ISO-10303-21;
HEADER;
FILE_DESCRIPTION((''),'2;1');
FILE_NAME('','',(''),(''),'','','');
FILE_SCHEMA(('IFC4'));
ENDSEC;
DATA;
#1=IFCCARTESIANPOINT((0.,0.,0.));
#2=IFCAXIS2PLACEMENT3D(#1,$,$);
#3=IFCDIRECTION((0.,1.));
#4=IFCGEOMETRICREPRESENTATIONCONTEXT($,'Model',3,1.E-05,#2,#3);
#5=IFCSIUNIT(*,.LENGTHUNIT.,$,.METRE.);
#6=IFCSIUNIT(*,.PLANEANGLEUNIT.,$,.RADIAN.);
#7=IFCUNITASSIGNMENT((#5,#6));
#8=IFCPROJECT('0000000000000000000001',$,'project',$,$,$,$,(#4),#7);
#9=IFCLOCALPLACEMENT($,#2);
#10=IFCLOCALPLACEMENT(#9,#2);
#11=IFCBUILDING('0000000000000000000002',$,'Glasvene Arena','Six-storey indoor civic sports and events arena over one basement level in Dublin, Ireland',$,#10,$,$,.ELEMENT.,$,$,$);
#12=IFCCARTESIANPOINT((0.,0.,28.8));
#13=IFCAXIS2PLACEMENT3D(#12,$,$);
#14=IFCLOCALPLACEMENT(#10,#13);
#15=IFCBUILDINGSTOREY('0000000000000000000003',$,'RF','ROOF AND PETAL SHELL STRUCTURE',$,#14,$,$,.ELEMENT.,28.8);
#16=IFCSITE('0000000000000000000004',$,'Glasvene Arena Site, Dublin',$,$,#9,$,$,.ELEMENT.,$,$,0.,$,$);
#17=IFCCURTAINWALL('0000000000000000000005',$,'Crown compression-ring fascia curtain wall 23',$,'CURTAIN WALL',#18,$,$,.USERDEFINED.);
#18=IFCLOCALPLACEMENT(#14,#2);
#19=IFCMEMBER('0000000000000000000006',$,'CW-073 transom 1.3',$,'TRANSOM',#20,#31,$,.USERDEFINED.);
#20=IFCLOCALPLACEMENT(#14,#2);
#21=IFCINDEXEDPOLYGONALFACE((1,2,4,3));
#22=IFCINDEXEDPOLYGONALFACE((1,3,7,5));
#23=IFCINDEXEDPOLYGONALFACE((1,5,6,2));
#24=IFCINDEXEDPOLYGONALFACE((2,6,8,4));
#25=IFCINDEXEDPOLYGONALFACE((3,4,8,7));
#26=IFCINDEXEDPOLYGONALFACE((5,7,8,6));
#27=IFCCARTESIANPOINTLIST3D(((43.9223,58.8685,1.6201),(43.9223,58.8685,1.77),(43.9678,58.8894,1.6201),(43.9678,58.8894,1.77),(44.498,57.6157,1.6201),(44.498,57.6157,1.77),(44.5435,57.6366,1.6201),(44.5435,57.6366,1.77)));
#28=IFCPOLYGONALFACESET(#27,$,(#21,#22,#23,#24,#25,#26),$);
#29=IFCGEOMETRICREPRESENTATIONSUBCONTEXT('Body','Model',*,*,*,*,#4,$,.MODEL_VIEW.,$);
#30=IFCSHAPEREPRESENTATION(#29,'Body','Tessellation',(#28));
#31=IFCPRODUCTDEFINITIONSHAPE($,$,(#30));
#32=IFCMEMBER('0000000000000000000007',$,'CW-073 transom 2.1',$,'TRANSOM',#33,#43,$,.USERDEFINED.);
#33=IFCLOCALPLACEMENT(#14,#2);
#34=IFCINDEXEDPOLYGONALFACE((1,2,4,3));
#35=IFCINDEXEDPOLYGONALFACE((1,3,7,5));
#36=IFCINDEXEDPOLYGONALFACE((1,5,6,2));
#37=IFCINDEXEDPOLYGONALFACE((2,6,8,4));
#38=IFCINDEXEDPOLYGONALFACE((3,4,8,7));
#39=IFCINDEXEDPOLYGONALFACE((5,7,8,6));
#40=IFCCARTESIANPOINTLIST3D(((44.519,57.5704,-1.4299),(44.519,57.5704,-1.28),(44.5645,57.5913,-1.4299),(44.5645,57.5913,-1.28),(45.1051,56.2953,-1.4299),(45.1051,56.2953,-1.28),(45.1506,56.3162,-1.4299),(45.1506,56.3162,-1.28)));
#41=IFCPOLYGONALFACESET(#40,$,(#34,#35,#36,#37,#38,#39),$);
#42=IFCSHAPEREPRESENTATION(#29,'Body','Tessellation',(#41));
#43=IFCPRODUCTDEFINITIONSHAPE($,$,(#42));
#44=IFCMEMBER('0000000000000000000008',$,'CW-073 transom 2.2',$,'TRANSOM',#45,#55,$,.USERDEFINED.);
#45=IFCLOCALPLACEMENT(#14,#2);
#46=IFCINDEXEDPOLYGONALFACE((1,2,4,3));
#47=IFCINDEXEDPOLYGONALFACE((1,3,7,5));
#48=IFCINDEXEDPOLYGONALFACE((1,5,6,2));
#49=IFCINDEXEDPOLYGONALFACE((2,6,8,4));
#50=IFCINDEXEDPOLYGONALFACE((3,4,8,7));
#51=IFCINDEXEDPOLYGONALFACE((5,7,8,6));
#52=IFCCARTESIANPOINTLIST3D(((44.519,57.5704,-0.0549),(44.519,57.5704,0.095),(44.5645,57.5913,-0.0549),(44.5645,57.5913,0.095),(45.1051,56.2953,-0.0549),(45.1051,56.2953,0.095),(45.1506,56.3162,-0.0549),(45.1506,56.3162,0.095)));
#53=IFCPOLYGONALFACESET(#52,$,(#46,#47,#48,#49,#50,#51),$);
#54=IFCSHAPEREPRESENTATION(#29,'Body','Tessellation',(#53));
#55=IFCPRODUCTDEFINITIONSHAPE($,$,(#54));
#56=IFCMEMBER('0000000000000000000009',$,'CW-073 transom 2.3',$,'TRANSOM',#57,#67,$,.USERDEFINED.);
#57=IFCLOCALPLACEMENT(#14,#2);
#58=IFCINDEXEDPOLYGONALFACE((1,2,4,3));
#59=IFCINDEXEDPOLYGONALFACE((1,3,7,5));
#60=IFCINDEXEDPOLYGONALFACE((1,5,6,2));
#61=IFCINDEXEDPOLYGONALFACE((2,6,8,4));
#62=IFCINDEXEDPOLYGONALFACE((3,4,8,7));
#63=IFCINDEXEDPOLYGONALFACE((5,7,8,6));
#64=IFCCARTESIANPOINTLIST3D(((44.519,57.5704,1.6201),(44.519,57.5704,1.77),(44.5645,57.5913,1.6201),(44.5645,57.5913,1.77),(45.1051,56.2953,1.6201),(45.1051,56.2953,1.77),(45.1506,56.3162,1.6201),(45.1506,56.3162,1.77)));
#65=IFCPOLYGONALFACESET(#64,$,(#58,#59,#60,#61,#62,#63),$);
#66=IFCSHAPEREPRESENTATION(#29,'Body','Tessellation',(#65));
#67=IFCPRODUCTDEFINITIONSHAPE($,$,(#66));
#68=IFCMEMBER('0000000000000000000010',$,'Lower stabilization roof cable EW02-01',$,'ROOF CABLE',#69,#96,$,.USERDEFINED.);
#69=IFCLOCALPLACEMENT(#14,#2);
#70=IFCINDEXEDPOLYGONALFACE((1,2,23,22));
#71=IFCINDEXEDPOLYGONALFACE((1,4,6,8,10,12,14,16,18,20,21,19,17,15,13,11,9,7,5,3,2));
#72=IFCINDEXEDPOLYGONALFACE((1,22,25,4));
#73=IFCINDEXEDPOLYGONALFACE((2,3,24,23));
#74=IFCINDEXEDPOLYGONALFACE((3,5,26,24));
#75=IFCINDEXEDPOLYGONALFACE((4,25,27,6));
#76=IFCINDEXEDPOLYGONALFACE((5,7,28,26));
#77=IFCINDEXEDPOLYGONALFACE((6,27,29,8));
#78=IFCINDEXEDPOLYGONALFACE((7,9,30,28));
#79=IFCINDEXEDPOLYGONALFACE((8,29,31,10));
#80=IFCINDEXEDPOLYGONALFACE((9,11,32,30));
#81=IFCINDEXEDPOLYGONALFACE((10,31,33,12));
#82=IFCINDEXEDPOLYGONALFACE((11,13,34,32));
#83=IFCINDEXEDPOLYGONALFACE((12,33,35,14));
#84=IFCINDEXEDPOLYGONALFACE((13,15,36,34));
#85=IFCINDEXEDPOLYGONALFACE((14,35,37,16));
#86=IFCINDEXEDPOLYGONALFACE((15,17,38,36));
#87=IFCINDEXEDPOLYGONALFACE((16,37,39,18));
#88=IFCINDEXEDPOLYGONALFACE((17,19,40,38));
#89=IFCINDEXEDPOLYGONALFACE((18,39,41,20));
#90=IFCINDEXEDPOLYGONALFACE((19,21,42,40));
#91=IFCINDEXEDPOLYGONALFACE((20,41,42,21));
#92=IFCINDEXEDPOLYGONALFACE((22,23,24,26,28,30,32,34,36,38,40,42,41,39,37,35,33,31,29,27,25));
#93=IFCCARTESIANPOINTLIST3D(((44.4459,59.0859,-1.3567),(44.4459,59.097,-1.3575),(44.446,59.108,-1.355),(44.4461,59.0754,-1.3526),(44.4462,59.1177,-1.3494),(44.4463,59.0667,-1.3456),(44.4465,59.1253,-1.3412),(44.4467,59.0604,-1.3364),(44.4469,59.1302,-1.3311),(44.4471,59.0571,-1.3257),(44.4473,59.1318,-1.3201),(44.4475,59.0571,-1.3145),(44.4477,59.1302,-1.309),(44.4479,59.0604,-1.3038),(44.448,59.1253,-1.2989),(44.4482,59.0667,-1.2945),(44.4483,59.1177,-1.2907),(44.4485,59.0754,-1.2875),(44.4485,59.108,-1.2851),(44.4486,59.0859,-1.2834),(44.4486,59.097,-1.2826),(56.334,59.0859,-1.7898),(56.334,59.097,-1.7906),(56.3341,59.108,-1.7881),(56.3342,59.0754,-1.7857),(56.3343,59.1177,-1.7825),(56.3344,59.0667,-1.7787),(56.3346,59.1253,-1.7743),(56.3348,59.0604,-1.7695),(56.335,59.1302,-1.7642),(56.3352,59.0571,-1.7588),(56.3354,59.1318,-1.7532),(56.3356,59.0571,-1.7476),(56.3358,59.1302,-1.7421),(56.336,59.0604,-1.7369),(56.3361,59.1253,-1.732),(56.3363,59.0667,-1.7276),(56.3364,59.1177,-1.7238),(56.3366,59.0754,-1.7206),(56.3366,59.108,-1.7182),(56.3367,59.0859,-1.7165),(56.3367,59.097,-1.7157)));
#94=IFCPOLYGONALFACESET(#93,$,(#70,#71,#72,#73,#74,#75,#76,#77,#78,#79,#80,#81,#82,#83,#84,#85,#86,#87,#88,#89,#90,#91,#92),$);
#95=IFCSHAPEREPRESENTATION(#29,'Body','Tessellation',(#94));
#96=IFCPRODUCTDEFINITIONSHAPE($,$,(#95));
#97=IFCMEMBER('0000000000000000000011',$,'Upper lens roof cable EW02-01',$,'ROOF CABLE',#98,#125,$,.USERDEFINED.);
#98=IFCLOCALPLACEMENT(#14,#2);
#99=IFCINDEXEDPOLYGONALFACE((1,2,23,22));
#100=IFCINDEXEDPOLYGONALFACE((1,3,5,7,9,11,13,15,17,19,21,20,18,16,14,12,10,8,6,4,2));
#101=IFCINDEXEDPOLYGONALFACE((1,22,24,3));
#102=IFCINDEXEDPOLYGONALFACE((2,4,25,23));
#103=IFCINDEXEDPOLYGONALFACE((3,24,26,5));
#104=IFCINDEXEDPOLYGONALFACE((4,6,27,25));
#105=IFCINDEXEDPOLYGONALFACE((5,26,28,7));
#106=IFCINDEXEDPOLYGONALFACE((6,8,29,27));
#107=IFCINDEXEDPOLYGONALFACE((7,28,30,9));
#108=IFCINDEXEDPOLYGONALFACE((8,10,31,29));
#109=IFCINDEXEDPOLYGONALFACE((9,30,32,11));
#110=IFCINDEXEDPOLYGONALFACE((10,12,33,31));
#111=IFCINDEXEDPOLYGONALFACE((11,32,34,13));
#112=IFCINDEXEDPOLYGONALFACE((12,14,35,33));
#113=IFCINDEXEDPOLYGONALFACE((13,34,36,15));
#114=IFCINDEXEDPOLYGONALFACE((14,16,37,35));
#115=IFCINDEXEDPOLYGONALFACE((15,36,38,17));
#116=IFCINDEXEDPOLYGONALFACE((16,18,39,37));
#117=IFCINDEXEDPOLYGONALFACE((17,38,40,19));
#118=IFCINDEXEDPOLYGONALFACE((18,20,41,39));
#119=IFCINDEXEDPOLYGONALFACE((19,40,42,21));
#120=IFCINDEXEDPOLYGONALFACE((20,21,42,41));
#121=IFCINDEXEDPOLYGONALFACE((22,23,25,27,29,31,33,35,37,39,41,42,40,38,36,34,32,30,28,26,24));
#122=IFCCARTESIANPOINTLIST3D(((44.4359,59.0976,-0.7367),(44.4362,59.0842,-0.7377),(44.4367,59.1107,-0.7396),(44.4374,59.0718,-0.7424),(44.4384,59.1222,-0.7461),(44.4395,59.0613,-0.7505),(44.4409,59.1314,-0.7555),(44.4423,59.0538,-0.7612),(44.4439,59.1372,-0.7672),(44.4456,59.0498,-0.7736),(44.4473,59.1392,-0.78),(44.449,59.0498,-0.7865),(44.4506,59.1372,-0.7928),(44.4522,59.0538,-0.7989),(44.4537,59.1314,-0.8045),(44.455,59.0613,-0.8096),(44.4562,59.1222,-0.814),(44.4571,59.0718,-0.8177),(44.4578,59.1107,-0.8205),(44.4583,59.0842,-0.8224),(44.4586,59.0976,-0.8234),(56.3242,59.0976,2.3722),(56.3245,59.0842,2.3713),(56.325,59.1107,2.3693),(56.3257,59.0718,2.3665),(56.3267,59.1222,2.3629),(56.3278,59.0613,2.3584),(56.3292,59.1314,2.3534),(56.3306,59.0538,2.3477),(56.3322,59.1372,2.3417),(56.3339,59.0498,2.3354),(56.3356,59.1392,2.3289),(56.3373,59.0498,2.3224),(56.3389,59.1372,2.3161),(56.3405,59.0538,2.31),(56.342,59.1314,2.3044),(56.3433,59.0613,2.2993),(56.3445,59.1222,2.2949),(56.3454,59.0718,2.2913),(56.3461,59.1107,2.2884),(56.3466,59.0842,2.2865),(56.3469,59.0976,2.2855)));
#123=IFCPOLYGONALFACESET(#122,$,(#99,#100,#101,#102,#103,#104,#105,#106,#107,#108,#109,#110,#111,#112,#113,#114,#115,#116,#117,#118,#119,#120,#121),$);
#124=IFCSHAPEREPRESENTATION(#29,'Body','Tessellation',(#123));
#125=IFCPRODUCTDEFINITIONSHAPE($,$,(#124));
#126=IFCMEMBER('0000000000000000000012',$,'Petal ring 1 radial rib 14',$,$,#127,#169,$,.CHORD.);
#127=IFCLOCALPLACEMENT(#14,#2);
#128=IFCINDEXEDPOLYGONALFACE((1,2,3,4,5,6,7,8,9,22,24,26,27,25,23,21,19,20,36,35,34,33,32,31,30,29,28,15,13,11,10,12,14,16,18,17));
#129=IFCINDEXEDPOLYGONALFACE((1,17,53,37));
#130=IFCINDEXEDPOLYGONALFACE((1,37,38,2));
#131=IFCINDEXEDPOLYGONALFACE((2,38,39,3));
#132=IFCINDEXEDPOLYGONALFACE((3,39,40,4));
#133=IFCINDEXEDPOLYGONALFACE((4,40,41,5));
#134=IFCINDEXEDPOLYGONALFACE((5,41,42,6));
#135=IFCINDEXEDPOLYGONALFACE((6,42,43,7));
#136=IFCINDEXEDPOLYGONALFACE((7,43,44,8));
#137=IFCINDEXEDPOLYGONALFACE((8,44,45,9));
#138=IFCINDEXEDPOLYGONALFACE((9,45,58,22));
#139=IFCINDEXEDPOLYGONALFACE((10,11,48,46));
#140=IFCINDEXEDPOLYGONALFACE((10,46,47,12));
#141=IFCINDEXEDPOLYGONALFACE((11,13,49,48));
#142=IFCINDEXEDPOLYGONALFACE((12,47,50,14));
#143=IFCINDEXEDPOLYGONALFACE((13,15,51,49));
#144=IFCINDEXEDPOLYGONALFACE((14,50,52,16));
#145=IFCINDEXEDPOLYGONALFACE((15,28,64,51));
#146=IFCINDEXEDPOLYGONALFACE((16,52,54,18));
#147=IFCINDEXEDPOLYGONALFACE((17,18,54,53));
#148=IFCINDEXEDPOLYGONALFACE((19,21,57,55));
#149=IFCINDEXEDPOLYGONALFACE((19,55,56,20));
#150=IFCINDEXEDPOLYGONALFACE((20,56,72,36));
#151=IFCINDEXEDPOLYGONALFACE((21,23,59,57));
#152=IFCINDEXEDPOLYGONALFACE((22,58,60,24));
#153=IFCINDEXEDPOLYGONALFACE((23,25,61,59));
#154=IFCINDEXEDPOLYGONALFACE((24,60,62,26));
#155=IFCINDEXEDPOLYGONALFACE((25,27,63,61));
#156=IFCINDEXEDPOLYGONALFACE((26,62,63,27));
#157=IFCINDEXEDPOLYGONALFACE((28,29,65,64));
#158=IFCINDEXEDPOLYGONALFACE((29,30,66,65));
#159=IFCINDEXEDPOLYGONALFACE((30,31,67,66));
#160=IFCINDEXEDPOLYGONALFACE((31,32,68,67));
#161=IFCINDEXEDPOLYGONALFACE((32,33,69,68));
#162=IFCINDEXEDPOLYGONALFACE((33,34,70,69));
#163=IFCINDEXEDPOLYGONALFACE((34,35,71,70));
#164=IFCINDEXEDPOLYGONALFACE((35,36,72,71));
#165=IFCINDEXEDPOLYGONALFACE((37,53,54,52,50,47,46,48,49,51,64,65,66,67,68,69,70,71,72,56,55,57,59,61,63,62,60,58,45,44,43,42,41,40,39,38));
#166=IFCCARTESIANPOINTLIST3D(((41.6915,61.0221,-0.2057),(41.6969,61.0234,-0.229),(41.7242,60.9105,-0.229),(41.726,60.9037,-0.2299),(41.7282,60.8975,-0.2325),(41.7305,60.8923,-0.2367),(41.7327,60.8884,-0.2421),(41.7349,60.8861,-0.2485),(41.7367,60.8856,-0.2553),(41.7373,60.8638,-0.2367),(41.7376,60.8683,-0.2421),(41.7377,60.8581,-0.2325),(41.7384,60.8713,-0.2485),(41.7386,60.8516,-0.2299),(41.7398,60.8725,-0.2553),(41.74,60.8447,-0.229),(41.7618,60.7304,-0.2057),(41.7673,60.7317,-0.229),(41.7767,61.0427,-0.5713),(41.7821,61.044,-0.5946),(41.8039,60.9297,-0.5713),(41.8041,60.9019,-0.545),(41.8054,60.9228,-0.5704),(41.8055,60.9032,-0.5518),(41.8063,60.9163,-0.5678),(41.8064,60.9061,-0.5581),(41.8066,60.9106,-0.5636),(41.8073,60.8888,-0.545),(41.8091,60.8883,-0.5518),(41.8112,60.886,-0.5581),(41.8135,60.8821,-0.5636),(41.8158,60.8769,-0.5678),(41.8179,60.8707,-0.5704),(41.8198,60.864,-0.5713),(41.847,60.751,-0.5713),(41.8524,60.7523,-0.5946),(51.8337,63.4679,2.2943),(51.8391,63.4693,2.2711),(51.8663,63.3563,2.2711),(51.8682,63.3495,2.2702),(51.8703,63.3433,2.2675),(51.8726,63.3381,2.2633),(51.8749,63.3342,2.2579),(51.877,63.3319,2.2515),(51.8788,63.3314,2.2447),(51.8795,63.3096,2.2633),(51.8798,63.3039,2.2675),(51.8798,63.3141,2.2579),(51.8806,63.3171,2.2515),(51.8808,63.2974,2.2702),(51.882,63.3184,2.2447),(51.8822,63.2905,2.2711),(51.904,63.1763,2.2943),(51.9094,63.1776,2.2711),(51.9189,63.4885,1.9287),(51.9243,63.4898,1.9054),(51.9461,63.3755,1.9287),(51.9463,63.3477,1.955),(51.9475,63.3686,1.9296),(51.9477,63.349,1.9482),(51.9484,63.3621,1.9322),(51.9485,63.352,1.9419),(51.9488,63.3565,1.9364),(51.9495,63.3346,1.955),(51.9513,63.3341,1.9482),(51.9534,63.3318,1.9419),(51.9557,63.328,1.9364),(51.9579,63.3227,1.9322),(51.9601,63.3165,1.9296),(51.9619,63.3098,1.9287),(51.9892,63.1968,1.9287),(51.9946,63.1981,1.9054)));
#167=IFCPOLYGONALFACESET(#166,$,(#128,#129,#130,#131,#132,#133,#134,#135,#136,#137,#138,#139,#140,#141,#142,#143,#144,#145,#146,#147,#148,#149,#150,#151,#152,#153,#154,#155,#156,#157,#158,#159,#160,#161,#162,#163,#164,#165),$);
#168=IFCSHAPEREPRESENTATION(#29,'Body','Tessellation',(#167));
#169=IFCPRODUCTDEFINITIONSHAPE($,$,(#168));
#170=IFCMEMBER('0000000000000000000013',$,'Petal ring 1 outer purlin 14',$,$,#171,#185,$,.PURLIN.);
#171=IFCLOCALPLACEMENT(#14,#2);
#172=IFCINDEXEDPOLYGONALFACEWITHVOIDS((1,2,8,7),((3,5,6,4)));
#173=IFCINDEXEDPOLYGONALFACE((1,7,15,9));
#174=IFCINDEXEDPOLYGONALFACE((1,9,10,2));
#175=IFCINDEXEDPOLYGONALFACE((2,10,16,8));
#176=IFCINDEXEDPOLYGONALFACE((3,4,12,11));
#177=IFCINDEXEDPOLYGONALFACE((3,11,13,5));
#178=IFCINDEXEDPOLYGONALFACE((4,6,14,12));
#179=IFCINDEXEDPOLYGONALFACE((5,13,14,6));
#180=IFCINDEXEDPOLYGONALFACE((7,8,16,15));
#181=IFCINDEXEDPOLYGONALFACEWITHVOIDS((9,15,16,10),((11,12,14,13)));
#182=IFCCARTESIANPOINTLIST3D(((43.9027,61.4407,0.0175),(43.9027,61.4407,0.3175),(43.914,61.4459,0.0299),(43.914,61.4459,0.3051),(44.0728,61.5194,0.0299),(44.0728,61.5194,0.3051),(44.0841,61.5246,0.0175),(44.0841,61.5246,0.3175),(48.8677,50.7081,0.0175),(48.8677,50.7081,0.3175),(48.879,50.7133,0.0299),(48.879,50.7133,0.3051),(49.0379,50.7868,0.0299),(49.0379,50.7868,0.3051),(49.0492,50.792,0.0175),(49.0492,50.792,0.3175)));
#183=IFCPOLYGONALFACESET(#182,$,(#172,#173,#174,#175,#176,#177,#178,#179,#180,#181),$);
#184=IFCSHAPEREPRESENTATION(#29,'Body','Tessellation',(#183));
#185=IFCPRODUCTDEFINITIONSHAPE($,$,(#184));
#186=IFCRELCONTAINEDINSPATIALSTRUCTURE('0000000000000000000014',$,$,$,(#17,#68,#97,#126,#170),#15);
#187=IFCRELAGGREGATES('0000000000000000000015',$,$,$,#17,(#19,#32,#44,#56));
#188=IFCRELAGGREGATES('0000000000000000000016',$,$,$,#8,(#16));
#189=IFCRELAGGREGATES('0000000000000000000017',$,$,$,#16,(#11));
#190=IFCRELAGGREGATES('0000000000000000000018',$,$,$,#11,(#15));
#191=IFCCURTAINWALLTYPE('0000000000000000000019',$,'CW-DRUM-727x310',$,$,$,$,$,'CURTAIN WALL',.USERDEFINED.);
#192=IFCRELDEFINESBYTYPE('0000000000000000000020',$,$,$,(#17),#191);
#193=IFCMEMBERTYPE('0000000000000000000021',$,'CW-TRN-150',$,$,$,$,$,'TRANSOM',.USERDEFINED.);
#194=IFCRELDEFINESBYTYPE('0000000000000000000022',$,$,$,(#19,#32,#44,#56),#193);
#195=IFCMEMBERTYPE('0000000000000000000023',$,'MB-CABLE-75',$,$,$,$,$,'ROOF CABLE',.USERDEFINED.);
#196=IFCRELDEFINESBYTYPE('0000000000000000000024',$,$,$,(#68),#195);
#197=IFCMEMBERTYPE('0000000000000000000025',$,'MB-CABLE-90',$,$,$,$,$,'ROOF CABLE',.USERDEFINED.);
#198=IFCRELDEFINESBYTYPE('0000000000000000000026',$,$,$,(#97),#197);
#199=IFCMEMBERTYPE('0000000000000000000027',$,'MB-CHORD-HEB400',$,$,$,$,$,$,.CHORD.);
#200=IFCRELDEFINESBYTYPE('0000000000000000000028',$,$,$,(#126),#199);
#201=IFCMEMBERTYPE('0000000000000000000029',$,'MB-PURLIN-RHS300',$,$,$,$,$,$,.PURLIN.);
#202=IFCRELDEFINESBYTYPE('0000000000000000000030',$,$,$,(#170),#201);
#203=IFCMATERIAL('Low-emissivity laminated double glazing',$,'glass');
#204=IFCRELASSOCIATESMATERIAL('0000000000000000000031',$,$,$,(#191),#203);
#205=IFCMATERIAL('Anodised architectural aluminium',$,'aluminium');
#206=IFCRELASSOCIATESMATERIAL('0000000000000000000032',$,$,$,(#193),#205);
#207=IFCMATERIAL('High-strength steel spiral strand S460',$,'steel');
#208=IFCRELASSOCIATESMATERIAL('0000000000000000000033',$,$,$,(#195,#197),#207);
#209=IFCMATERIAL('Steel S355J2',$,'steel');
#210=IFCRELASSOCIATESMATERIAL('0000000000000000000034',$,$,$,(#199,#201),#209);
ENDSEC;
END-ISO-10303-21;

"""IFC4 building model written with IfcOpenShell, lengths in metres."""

from ifc_helpers import new_model, si_unit, direction, frame, origin, origin_2d, place, context, subcontext, project, spatial, rectangle, hollow_rectangle, circle, i_section, extrude, material, material_profile, profile_set, type_object, element, aggregate, save


model = new_model("IFC4")

# Units and contexts
model_context = context("Model", 3, precision=1e-05, world=origin(), true_north=direction((0.0, 1.0)))
body_context = subcontext(model_context, "Body", "Model", "MODEL_VIEW")
ifc_project = project(units=[si_unit("LENGTHUNIT", "METRE"), si_unit("PLANEANGLEUNIT", "RADIAN")], contexts=[model_context])

# Site, building, storey
site_placement = place(None, origin())
site = spatial("IfcSite", under=ifc_project, at=site_placement, Name="Glasvene Arena Site, Dublin", CompositionType="ELEMENT", RefElevation=0.0)
building_placement = place(site_placement, origin())
building = spatial("IfcBuilding", under=site, at=building_placement, Name="Glasvene Arena", Description="Six-storey indoor civic sports and events arena over one basement level in Dublin, Ireland", CompositionType="ELEMENT")
storey_placement = place(building_placement, frame((0.0, 0.0, 28.8)))
storey = spatial("IfcBuildingStorey", under=building, at=storey_placement, Name="RF", Description="ROOF AND PETAL SHELL STRUCTURE", CompositionType="ELEMENT", Elevation=28.8)

# Shared definitions
ifc_material_1 = material(Name="Steel S355J2", Category="steel")

# Curtain wall
ifc_material_2 = material(Name="Low-emissivity laminated double glazing", Category="glass")
ifc_material_3 = material(Name="Anodised architectural aluminium", Category="aluminium")
curtain_wall_type_1 = type_object("IfcCurtainWallType", Name="CW-DRUM-727x310", ElementType="CURTAIN WALL", PredefinedType="USERDEFINED", material=ifc_material_2)
curtain_wall_1_placement = place(storey_placement, frame((43.9241, 58.9243, 0.0)))
curtain_wall_1 = element("IfcCurtainWall", 1, at=curtain_wall_1_placement, inside=storey, type_object=curtain_wall_type_1, Name="Crown compression-ring fascia curtain wall 23", ObjectType="CURTAIN WALL", PredefinedType="USERDEFINED")

# Members
ifc_material_profile_1 = material_profile(ifc_material_3, rectangle(XDim=0.05, YDim=0.1499, at=origin_2d()), Name="ALU TRANSOM 50x150")
ifc_profile_set_1 = profile_set([ifc_material_profile_1], Name="Anodised architectural aluminium")
member_type_1 = type_object("IfcMemberType", Name="CW-TRN-150", ElementType="TRANSOM", PredefinedType="USERDEFINED", material=ifc_profile_set_1)
member_1_placement = place(storey_placement, frame((43.9451, 58.8789, 1.6951), z_axis=(0.417575, -0.908642, 0.0), x_axis=(0.908642, 0.417575, 0.0)))
member_1 = element("IfcMember", 2, at=member_1_placement, type_object=member_type_1, Name="CW-073 transom 1.3", ObjectType="TRANSOM", PredefinedType="USERDEFINED", context=body_context, shape_type="SweptSolid", body=[
    extrude(rectangle(XDim=0.05, YDim=0.1499, at=origin_2d()), origin(), (0.0, 0.0, 1.0), 1.3787),
])
member_2_placement = place(storey_placement, frame((44.5417, 57.5808, -1.355), z_axis=(0.417679, -0.908595, 0.0), x_axis=(0.908595, 0.417679, 0.0)))
member_2 = element("IfcMember", 3, at=member_2_placement, type_object=member_type_1, Name="CW-073 transom 2.1", ObjectType="TRANSOM", PredefinedType="USERDEFINED", context=body_context, shape_type="SweptSolid", body=[
    extrude(rectangle(XDim=0.05, YDim=0.1499, at=origin_2d()), origin(), (0.0, 0.0, 1.0), 1.4033),
])
member_3_placement = place(storey_placement, frame((44.5417, 57.5808, 0.02), z_axis=(0.417679, -0.908595, 0.0), x_axis=(0.908595, 0.417679, 0.0)))
member_3 = element("IfcMember", 4, at=member_3_placement, type_object=member_type_1, Name="CW-073 transom 2.2", ObjectType="TRANSOM", PredefinedType="USERDEFINED", context=body_context, shape_type="SweptSolid", body=[
    extrude(rectangle(XDim=0.05, YDim=0.1499, at=origin_2d()), origin(), (0.0, 0.0, 1.0), 1.4033),
])
member_4_placement = place(storey_placement, frame((44.5417, 57.5808, 1.6951), z_axis=(0.417679, -0.908595, 0.0), x_axis=(0.908595, 0.417679, 0.0)))
member_4 = element("IfcMember", 5, at=member_4_placement, type_object=member_type_1, Name="CW-073 transom 2.3", ObjectType="TRANSOM", PredefinedType="USERDEFINED", context=body_context, shape_type="SweptSolid", body=[
    extrude(rectangle(XDim=0.05, YDim=0.1499, at=origin_2d()), origin(), (0.0, 0.0, 1.0), 1.4033),
])

# Members
ifc_material_4 = material(Name="High-strength steel spiral strand S460", Category="steel")
ifc_material_profile_2 = material_profile(ifc_material_4, circle(Radius=0.0376, at=origin_2d()), Name="LCSS D75")
ifc_profile_set_2 = profile_set([ifc_material_profile_2], Name="High-strength steel spiral strand S460")
member_type_2 = type_object("IfcMemberType", Name="MB-CABLE-75", ElementType="ROOF CABLE", PredefinedType="USERDEFINED", material=ifc_profile_set_2)
member_5_placement = place(storey_placement, frame((44.4473, 59.0942, -1.3201), z_axis=(0.999337, 0.0, -0.036407), x_axis=(0.0, 1.0, 0.0)))
element("IfcMember", 6, at=member_5_placement, inside=storey, type_object=member_type_2, Name="Lower stabilization roof cable EW02-01", ObjectType="ROOF CABLE", PredefinedType="USERDEFINED", context=body_context, shape_type="SweptSolid", body=[
    extrude(circle(Radius=0.0376, at=origin_2d()), origin(), (0.0, 0.0, 1.0), 11.896),
])
ifc_material_profile_3 = material_profile(ifc_material_4, circle(Radius=0.0449, at=origin_2d()), Name="LCSS D90")
ifc_profile_set_3 = profile_set([ifc_material_profile_3], Name="High-strength steel spiral strand S460")
member_type_3 = type_object("IfcMemberType", Name="MB-CABLE-90", ElementType="ROOF CABLE", PredefinedType="USERDEFINED", material=ifc_profile_set_3)
member_6_placement = place(storey_placement, frame((44.4473, 59.0942, -0.78), z_axis=(0.967466, 0.0, 0.253003), x_axis=(0.0, 1.0, 0.0)))
element("IfcMember", 7, at=member_6_placement, inside=storey, type_object=member_type_3, Name="Upper lens roof cable EW02-01", ObjectType="ROOF CABLE", PredefinedType="USERDEFINED", context=body_context, shape_type="SweptSolid", body=[
    extrude(circle(Radius=0.0449, at=origin_2d()), origin(), (0.0, 0.0, 1.0), 12.2881),
])
ifc_material_profile_4 = material_profile(ifc_material_1, i_section(OverallWidth=0.3, OverallDepth=0.3999, WebThickness=0.0134, FlangeThickness=0.0239, FilletRadius=0.0271, at=origin_2d()), Name="HEB 400")
ifc_profile_set_4 = profile_set([ifc_material_profile_4], Name="Steel S355J2")
member_type_4 = type_object("IfcMemberType", Name="MB-CHORD-HEB400", PredefinedType="CHORD", material=ifc_profile_set_4)
member_7_placement = place(storey_placement, frame((41.772, 60.8872, -0.4001), z_axis=(0.945369, 0.227979, 0.233031), x_axis=(-0.234433, 0.972132, 0.0)))
element("IfcMember", 8, at=member_7_placement, inside=storey, type_object=member_type_4, Name="Petal ring 1 radial rib 14", PredefinedType="CHORD", context=body_context, shape_type="SweptSolid", body=[
    extrude(i_section(OverallWidth=0.3, OverallDepth=0.3999, WebThickness=0.0134, FlangeThickness=0.0239, FilletRadius=0.0271, at=origin_2d()), origin(), (0.0, 0.0, 1.0), 10.7283),
])
ifc_material_profile_5 = material_profile(ifc_material_1, hollow_rectangle(XDim=0.2, YDim=0.3, WallThickness=0.0125, at=origin_2d()), Name="RHS 300x200x12.5")
ifc_profile_set_5 = profile_set([ifc_material_profile_5], Name="Steel S355J2")
member_type_5 = type_object("IfcMemberType", Name="MB-PURLIN-RHS300", PredefinedType="PURLIN", material=ifc_profile_set_5)
member_8_placement = place(storey_placement, frame((43.9934, 61.4827, 0.1675), z_axis=(0.419863, -0.907587, 0.0), x_axis=(0.907587, 0.419863, 0.0)))
element("IfcMember", 9, at=member_8_placement, inside=storey, type_object=member_type_5, Name="Petal ring 1 outer purlin 14", PredefinedType="PURLIN", context=body_context, shape_type="SweptSolid", body=[
    extrude(hollow_rectangle(XDim=0.2, YDim=0.3, WallThickness=0.0125, at=origin_2d()), origin(), (0.0, 0.0, 1.0), 11.8254),
])

aggregate(curtain_wall_1, [member_1, member_2, member_3, member_4])

save(model, "model.ifc")
